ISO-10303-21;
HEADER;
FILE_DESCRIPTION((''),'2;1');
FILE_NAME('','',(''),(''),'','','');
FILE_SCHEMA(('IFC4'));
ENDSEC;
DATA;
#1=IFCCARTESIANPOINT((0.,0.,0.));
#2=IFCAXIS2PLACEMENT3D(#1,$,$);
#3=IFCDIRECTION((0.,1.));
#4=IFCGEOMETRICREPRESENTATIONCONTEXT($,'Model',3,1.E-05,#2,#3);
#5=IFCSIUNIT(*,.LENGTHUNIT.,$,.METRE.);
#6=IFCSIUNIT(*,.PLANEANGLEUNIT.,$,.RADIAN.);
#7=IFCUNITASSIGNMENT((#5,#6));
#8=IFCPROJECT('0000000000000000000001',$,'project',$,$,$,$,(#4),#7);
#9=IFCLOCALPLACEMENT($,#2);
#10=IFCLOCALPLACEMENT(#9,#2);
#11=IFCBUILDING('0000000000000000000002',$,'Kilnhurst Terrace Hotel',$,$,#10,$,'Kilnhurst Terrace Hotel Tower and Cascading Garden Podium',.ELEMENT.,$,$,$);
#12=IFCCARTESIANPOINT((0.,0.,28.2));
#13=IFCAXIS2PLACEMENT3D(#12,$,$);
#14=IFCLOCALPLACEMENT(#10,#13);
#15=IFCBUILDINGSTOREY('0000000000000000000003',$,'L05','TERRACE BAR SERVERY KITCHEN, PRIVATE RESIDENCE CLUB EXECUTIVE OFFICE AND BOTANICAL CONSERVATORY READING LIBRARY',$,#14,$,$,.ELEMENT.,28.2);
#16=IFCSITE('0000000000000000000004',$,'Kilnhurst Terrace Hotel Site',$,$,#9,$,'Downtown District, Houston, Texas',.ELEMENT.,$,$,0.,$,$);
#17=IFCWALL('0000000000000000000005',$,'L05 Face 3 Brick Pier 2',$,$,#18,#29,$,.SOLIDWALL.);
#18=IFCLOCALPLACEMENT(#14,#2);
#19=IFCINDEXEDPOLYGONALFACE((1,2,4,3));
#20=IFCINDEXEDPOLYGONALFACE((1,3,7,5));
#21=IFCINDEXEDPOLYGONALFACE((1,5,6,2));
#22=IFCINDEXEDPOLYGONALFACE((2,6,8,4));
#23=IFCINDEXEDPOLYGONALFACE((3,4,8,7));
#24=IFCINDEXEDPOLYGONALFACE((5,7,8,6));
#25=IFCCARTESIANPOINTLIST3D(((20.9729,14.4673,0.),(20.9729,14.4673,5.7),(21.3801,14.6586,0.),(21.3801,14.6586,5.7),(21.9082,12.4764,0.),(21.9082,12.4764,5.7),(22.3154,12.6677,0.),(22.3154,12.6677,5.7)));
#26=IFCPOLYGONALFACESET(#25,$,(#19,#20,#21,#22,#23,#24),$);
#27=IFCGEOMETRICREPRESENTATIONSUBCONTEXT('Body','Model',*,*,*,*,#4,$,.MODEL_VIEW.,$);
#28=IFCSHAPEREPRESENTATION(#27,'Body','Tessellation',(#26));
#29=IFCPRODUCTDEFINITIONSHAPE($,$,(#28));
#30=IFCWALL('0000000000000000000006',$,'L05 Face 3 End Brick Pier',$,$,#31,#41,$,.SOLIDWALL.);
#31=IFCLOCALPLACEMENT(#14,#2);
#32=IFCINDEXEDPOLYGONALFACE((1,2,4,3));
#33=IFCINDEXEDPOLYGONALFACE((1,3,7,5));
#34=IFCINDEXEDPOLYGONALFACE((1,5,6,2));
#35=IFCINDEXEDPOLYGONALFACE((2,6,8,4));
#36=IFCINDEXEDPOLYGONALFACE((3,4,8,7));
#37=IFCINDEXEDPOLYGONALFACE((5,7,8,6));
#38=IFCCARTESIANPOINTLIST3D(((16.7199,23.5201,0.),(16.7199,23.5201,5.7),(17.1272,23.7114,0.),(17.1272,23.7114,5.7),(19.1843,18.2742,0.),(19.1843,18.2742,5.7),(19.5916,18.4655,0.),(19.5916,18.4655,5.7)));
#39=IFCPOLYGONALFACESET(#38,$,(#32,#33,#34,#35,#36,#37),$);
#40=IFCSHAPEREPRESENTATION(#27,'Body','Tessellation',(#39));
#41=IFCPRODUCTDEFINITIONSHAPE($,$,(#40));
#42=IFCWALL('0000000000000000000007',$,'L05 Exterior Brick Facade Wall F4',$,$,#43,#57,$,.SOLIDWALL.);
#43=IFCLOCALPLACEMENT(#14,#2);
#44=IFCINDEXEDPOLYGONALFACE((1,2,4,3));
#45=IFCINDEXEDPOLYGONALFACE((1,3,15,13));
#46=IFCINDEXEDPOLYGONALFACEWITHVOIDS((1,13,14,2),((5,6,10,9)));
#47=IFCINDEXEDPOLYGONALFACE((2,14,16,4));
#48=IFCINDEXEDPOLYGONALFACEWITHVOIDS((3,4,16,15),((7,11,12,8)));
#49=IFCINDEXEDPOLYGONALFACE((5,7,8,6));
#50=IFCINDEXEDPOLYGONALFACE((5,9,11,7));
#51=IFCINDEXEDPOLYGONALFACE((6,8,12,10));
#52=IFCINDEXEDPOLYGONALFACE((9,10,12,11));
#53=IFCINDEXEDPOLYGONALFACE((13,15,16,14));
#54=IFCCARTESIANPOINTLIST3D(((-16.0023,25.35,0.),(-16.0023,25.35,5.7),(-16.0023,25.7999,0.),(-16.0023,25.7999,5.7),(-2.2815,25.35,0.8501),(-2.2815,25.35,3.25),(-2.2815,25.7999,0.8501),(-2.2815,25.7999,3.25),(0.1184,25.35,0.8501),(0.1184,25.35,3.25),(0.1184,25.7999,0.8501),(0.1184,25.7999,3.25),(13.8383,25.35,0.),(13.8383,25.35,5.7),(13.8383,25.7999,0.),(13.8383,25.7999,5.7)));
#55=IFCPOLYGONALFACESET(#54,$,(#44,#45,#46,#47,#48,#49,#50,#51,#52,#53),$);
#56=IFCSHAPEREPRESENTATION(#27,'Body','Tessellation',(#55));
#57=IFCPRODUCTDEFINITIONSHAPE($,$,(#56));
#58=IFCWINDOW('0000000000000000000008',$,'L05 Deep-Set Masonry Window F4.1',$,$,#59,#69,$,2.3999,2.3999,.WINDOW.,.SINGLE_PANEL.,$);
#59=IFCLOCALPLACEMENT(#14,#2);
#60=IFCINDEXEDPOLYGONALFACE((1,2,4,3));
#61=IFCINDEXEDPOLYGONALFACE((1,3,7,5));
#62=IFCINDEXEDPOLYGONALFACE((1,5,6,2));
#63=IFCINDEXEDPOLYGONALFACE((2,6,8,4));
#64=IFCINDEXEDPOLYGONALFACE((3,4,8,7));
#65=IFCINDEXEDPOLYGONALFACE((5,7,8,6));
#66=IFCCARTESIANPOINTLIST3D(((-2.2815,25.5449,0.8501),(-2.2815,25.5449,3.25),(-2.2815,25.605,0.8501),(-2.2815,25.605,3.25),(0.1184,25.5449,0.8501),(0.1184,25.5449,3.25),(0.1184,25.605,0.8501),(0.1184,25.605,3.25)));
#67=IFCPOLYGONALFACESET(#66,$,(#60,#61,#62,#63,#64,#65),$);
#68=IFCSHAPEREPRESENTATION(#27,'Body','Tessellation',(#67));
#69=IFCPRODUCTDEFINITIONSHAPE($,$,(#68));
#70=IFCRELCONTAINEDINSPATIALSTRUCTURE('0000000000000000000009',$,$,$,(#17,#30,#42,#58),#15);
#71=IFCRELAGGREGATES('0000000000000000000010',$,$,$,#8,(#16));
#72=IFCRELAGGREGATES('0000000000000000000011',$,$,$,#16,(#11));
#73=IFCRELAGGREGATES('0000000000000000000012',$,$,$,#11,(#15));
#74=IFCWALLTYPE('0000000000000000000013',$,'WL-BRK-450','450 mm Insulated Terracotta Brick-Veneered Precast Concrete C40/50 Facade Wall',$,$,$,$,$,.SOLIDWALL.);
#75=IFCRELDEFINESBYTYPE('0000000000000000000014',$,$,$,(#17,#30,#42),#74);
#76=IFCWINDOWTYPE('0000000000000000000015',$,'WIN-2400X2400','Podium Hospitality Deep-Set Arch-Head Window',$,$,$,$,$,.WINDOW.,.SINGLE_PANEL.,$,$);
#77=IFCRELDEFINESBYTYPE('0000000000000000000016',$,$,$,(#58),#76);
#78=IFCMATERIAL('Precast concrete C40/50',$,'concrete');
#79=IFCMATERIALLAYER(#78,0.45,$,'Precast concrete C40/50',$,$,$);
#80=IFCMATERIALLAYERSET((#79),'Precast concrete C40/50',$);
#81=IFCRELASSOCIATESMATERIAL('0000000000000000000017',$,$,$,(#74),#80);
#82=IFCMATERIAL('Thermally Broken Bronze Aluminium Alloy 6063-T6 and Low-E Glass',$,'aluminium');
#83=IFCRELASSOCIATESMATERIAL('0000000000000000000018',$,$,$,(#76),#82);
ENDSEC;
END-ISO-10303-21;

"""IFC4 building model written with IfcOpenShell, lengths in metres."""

from ifc_helpers import new_model, si_unit, direction, frame, frame_2d, origin, place, context, subcontext, project, spatial, rectangle, extrude, material, layer, layer_set, type_object, element, fill, save


model = new_model("IFC4")

# Units and contexts
model_context = context("Model", 3, precision=1e-05, world=origin(), true_north=direction((0.0, 1.0)))
body_context = subcontext(model_context, "Body", "Model", "MODEL_VIEW")
ifc_project = project(units=[si_unit("LENGTHUNIT", "METRE"), si_unit("PLANEANGLEUNIT", "RADIAN")], contexts=[model_context])

# Site, building, storey
site_placement = place(None, origin())
site = spatial("IfcSite", under=ifc_project, at=site_placement, Name="Kilnhurst Terrace Hotel Site", LongName="Downtown District, Houston, Texas", CompositionType="ELEMENT", RefElevation=0.0)
building_placement = place(site_placement, origin())
building = spatial("IfcBuilding", under=site, at=building_placement, Name="Kilnhurst Terrace Hotel", LongName="Kilnhurst Terrace Hotel Tower and Cascading Garden Podium", CompositionType="ELEMENT")
storey_placement = place(building_placement, frame((0.0, 0.0, 28.2)))
storey = spatial("IfcBuildingStorey", under=building, at=storey_placement, Name="L05", Description="TERRACE BAR SERVERY KITCHEN, PRIVATE RESIDENCE CLUB EXECUTIVE OFFICE AND BOTANICAL CONSERVATORY READING LIBRARY", CompositionType="ELEMENT", Elevation=28.2)

# Walls
ifc_material_1 = material(Name="Precast concrete C40/50", Category="concrete")
ifc_layer_1 = layer(ifc_material_1, 0.45, Name="Precast concrete C40/50")
ifc_layer_set_1 = layer_set([ifc_layer_1], Name="Precast concrete C40/50")
wall_type = type_object("IfcWallType", Name="WL-BRK-450", Description="450 mm Insulated Terracotta Brick-Veneered Precast Concrete C40/50 Facade Wall", PredefinedType="SOLIDWALL", material=ifc_layer_set_1)
wall_1_placement = place(storey_placement, frame((22.1118, 12.572, 0.0), z_axis=(0.0, 0.0, 1.0), x_axis=(-0.425193, 0.905103, 0.0)))
element("IfcWall", 1, at=wall_1_placement, inside=storey, type_object=wall_type, Name="L05 Face 3 Brick Pier 2", PredefinedType="SOLIDWALL", context=body_context, shape_type="SweptSolid", body=[
    extrude(rectangle(XDim=2.1997, YDim=0.45, at=frame_2d((1.0999, 0.0))), origin(), (0.0, 0.0, 1.0), 5.7),
])
wall_2_placement = place(storey_placement, frame((19.3879, 18.3699, 0.0), z_axis=(0.0, 0.0, 1.0), x_axis=(-0.425192, 0.905103, 0.0)))
element("IfcWall", 2, at=wall_2_placement, inside=storey, type_object=wall_type, Name="L05 Face 3 End Brick Pier", PredefinedType="SOLIDWALL", context=body_context, shape_type="SweptSolid", body=[
    extrude(rectangle(XDim=5.7959, YDim=0.45, at=frame_2d((2.8979, 0.0))), origin(), (0.0, 0.0, 1.0), 5.7),
])

# Wall, opening, window
wall_3_placement = place(storey_placement, frame((13.8384, 25.575, 0.0), z_axis=(0.0, 0.0, 1.0), x_axis=(-1.0, 0.0, 0.0)))
wall_3 = element("IfcWall", 3, at=wall_3_placement, inside=storey, type_object=wall_type, Name="L05 Exterior Brick Facade Wall F4", PredefinedType="SOLIDWALL", context=body_context, shape_type="SweptSolid", body=[
    extrude(rectangle(XDim=29.8406, YDim=0.45, at=frame_2d((14.9204, 0.0))), origin(), (0.0, 0.0, 1.0), 5.7),
])
opening_placement = place(wall_3_placement, frame((13.72, 0.0, 0.8501)))
opening = element("IfcOpeningElement", 4, at=opening_placement, cuts=wall_3, PredefinedType="OPENING", context=body_context, shape_type="SweptSolid", body=[
    extrude(rectangle(XDim=2.3999, YDim=2.3999, at=frame_2d((1.2, 1.2))), frame((0.0, 0.2349, 0.0), z_axis=(0.0, -1.0, 0.0), x_axis=(1.0, 0.0, 0.0)), (0.0, 0.0, 1.0), 0.47),
])
ifc_material_2 = material(Name="Thermally Broken Bronze Aluminium Alloy 6063-T6 and Low-E Glass", Category="aluminium")
window_type = type_object("IfcWindowType", Name="WIN-2400X2400", Description="Podium Hospitality Deep-Set Arch-Head Window", PartitioningType="SINGLE_PANEL", PredefinedType="WINDOW", material=ifc_material_2)
window_placement = place(opening_placement, origin())
window = element("IfcWindow", 5, at=window_placement, inside=storey, type_object=window_type, Name="L05 Deep-Set Masonry Window F4.1", OverallHeight=2.3999, OverallWidth=2.3999, PartitioningType="SINGLE_PANEL", PredefinedType="WINDOW", context=body_context, shape_type="SweptSolid", body=[
    extrude(rectangle(XDim=2.3999, YDim=2.3999, at=frame_2d((1.2, 1.2))), frame((0.0, 0.03, 0.0), z_axis=(0.0, -1.0, 0.0), x_axis=(1.0, 0.0, 0.0)), (0.0, 0.0, 1.0), 0.0601),
])
fill(opening, window)

save(model, "model.ifc")
